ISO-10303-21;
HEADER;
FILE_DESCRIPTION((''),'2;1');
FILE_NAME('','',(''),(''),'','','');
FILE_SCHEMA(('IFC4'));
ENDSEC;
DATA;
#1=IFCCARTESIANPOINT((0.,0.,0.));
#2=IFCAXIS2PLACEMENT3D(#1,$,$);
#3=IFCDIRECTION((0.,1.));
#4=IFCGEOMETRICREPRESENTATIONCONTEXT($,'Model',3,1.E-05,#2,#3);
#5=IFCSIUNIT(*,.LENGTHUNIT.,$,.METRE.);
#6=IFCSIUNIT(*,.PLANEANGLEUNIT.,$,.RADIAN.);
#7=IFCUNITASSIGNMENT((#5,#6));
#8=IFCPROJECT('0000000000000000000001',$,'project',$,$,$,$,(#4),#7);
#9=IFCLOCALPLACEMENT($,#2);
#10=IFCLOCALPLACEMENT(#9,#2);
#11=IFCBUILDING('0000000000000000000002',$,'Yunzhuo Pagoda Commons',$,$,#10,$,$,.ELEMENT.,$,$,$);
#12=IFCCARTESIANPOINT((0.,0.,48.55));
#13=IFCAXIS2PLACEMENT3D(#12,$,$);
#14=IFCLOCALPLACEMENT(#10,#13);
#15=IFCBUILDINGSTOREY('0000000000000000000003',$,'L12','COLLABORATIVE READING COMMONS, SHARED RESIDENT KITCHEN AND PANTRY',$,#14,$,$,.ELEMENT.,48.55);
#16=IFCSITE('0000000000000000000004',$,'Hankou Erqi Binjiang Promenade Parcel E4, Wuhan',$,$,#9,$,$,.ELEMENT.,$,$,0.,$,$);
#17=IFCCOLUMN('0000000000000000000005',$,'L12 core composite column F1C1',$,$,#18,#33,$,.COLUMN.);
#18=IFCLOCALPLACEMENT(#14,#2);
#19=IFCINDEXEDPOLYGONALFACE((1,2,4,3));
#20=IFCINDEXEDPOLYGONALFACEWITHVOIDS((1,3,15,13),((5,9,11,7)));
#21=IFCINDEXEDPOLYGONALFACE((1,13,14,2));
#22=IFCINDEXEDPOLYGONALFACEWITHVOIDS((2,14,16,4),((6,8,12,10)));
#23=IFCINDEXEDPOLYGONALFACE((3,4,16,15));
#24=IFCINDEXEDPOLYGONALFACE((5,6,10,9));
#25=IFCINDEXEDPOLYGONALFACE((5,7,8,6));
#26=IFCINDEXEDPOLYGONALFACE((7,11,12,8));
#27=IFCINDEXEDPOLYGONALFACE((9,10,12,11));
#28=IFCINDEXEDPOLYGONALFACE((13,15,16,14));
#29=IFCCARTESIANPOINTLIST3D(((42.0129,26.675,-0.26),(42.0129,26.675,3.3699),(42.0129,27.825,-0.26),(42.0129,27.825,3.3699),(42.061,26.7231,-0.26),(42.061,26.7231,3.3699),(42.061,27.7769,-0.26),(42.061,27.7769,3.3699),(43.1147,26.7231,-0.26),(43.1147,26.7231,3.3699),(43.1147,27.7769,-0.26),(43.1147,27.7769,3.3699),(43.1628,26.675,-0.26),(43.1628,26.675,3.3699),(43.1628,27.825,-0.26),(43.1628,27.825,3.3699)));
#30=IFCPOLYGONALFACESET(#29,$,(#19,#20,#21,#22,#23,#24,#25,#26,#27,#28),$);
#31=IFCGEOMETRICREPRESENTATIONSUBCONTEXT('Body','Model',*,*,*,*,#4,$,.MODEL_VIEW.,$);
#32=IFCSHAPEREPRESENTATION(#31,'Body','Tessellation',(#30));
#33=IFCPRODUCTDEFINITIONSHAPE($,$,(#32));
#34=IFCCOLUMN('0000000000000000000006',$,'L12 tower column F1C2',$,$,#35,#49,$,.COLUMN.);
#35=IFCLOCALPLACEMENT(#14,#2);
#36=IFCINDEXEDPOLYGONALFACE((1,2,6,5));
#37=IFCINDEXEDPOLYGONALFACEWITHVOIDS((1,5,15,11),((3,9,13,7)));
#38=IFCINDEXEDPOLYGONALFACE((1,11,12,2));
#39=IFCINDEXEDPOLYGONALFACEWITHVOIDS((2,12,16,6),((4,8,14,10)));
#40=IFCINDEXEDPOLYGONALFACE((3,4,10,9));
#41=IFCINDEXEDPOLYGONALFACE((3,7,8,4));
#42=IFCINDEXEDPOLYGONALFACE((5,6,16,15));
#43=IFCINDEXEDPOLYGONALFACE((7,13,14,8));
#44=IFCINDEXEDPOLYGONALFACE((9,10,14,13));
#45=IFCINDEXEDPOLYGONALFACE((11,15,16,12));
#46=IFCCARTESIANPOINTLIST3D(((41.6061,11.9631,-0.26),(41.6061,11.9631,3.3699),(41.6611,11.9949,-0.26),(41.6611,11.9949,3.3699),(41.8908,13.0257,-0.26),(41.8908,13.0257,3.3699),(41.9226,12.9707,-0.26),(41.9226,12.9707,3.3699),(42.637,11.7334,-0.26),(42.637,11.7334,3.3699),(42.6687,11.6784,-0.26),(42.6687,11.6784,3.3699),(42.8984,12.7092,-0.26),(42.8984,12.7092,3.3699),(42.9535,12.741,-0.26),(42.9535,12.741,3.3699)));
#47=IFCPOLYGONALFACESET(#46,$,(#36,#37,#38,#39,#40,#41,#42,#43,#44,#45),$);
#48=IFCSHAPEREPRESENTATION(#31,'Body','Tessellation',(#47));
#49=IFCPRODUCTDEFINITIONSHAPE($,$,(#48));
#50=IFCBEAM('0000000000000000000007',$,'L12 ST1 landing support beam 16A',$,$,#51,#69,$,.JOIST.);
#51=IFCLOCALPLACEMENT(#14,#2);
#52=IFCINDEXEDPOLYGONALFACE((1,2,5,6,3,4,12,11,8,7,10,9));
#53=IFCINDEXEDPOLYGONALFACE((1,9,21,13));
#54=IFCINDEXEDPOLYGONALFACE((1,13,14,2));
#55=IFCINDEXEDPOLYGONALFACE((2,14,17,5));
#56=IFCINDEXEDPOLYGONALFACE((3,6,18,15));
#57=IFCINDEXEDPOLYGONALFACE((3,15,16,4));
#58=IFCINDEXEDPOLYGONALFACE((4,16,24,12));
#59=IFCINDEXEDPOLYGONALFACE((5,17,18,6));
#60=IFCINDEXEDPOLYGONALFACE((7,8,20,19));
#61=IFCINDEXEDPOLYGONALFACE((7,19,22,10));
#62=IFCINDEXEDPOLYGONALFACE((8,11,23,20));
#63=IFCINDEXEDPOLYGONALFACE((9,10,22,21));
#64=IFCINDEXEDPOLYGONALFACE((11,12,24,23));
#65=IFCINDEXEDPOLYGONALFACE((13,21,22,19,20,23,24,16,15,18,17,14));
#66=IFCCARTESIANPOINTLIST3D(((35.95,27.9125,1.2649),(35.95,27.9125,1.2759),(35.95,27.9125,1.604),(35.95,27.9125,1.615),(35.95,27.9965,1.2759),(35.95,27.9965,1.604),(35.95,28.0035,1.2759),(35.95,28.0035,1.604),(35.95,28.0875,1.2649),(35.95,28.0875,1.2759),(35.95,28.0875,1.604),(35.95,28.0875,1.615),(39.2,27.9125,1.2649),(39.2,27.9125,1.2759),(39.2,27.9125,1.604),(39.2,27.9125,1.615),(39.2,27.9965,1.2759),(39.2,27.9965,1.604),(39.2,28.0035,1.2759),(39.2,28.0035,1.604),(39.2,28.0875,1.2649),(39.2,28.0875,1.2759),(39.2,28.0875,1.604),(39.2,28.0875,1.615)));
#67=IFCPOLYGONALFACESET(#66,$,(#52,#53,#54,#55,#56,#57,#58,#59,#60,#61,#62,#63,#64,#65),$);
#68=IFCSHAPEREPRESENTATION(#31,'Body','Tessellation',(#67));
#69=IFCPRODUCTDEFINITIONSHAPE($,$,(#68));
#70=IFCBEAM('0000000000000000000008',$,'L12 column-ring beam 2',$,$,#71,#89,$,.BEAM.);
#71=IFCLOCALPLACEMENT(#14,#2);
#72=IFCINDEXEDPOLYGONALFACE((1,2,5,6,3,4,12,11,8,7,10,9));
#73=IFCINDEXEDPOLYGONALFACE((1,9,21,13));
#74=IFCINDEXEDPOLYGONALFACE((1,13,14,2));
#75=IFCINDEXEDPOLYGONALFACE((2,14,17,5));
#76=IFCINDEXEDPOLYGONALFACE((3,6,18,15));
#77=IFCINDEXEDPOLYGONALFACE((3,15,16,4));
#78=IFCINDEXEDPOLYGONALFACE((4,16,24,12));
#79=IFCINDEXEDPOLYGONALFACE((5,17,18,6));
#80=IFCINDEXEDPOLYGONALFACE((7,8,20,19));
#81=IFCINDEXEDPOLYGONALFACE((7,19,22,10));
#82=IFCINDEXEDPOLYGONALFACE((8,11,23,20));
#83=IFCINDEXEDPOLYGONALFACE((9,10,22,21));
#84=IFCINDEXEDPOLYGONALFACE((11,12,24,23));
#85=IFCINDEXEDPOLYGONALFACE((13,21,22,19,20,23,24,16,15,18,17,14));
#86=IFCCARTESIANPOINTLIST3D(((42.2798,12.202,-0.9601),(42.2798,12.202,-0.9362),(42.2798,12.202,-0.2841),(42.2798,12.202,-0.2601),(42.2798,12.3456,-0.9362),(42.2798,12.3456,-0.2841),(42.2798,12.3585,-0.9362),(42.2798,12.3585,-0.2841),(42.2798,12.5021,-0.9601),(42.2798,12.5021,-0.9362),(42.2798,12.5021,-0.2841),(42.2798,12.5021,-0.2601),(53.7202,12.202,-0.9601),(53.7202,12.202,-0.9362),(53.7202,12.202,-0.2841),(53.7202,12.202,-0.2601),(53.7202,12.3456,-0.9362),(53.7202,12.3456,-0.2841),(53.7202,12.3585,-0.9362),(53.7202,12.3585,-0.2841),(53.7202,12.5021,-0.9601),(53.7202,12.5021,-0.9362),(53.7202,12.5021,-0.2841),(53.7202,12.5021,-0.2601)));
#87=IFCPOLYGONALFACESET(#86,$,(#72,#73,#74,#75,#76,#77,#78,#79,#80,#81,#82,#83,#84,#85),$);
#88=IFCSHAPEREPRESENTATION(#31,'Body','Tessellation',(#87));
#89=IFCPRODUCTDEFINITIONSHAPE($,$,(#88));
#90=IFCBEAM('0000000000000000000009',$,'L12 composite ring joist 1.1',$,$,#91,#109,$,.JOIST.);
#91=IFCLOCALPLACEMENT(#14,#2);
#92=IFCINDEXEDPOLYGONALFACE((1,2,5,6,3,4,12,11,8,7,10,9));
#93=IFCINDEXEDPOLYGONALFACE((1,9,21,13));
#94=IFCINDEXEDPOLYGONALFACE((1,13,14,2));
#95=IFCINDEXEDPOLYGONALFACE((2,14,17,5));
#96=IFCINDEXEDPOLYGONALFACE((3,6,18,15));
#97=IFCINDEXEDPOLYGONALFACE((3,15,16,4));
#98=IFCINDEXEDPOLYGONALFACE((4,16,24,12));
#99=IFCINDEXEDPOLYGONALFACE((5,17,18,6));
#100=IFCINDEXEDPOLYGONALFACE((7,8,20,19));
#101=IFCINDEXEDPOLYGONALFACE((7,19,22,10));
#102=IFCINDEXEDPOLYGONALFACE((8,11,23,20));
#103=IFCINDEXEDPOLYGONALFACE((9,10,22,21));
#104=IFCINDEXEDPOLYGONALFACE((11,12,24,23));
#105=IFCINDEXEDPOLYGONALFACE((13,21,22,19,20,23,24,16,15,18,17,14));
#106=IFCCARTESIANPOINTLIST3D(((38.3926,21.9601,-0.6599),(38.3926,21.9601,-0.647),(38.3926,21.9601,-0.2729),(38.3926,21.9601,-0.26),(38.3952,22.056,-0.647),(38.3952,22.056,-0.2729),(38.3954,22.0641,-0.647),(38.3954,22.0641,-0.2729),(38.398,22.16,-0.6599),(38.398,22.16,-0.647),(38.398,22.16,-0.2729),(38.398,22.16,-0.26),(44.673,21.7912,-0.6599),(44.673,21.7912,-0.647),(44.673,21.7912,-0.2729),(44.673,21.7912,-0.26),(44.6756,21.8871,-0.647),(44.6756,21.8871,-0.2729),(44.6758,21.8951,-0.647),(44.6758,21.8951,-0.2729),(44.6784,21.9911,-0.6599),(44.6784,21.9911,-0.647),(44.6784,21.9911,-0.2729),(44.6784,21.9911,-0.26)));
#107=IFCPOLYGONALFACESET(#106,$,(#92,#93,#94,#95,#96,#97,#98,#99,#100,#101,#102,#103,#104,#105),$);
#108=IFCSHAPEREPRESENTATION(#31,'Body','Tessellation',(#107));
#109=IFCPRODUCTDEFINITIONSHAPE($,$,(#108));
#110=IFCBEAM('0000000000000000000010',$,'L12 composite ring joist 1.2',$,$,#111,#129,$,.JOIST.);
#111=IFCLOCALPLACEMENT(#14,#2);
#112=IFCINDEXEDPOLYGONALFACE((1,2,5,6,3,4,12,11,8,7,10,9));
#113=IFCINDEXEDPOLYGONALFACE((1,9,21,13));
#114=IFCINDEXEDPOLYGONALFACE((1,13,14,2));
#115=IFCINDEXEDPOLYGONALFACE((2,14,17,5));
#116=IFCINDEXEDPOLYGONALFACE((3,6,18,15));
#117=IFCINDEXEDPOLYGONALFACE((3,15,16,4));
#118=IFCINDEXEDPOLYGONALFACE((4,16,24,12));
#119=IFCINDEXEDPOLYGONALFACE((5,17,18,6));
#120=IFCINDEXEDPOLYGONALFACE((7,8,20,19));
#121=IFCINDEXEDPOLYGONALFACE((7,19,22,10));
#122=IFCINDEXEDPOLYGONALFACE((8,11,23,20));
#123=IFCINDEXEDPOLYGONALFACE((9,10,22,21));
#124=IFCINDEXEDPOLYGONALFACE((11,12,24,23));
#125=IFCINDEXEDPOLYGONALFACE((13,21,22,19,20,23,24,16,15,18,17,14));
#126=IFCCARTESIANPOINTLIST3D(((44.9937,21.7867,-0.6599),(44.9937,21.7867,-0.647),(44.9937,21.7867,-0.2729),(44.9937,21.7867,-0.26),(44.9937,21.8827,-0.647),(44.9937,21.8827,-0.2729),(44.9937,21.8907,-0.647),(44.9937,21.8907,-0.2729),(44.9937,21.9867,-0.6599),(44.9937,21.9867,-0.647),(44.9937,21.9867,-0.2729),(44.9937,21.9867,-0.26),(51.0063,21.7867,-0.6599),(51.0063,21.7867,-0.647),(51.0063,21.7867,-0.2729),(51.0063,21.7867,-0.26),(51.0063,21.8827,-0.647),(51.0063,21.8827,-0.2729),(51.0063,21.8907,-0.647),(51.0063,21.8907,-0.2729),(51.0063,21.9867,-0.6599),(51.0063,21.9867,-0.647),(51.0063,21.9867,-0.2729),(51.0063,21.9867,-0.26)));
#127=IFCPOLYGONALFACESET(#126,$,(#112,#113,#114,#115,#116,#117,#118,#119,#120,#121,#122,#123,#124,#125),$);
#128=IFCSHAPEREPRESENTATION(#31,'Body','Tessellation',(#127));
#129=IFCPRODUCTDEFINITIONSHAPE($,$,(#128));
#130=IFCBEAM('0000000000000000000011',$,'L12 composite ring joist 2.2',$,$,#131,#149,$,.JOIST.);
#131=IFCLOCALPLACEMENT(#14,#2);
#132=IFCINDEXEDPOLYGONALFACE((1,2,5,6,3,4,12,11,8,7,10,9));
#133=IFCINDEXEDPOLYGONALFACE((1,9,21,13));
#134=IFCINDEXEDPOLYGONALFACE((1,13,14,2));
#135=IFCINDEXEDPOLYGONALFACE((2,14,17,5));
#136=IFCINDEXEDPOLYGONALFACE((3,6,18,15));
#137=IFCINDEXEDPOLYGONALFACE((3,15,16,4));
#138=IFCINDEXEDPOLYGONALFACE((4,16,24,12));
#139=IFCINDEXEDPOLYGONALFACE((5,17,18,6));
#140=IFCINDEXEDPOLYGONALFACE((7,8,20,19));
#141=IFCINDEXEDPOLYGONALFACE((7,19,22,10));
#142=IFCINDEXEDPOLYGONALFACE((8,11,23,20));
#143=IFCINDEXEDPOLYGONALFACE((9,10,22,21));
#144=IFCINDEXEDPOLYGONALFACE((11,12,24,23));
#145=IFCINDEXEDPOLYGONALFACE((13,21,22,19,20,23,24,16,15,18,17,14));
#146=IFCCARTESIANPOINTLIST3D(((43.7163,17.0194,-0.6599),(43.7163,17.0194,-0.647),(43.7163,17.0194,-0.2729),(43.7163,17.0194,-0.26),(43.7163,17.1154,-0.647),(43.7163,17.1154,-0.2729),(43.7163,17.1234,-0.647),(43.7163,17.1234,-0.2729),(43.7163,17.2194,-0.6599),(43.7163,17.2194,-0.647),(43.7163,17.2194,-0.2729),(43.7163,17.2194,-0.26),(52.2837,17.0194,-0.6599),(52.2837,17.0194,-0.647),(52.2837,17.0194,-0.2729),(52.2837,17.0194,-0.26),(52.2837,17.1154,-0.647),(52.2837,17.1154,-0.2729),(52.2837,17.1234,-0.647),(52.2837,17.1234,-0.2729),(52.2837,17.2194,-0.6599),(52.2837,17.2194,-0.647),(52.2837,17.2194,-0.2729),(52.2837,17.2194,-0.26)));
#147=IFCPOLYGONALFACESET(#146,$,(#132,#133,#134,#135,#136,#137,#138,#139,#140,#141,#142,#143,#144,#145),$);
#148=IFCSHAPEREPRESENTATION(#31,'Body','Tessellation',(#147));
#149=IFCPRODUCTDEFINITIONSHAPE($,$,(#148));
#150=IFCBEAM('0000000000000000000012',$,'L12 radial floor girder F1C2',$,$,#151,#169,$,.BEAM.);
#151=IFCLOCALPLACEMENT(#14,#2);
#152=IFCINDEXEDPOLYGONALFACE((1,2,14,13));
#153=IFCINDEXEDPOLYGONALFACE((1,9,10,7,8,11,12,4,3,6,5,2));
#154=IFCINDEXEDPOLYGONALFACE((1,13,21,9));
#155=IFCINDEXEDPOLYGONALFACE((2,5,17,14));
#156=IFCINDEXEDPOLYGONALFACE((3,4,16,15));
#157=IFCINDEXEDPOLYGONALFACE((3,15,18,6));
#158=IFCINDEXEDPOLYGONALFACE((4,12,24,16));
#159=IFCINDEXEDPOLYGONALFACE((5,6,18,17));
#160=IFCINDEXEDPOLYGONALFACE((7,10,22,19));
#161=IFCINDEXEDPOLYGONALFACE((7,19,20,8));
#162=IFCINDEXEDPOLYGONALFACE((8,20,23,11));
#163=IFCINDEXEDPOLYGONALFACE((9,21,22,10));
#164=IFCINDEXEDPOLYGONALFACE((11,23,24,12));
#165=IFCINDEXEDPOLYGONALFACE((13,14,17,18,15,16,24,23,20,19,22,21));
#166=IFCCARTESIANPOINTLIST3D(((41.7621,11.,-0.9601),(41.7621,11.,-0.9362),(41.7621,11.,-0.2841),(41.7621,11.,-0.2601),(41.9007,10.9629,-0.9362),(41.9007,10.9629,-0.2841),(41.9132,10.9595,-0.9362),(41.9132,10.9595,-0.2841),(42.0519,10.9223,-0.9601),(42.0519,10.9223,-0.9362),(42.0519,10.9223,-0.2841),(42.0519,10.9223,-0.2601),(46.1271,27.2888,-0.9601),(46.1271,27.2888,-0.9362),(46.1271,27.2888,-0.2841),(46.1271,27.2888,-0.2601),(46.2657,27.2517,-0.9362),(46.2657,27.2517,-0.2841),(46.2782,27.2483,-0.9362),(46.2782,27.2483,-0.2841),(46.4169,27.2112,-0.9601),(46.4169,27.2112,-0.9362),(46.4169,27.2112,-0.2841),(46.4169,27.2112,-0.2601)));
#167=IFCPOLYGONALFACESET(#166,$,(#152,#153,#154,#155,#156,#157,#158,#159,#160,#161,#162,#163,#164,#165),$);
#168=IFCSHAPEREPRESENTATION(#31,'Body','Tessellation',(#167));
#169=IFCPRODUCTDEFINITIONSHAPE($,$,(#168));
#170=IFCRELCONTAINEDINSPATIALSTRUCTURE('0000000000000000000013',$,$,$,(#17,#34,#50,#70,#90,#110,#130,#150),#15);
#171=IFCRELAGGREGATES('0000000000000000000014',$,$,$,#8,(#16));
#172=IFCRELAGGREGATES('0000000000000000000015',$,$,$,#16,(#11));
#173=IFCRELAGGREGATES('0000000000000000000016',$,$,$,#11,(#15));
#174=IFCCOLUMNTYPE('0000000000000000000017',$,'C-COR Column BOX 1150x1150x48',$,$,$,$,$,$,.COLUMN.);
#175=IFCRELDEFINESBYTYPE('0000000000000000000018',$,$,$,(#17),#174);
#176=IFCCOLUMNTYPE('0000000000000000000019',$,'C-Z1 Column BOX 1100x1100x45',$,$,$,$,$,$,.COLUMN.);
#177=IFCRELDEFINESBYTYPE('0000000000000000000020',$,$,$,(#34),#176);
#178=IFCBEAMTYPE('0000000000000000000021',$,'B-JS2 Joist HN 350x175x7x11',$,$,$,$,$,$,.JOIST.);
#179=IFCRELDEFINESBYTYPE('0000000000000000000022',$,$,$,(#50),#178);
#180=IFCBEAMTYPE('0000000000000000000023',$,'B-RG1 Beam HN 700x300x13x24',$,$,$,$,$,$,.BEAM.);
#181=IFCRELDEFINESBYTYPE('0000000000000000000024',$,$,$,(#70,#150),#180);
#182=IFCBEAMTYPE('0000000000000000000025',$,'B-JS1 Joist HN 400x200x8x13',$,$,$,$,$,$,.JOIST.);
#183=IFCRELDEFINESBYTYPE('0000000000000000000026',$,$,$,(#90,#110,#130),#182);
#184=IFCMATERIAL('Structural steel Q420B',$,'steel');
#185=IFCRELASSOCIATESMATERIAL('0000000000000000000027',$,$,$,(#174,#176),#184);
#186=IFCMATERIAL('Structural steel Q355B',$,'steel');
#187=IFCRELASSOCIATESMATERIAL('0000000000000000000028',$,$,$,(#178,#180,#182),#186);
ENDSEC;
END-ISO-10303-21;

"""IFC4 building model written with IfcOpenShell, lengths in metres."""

from ifc_helpers import new_model, si_unit, direction, frame, origin, origin_2d, place, context, subcontext, project, spatial, hollow_rectangle, i_section, extrude, source, transform, mapped, material, material_profile, profile_set, type_object, element, save


model = new_model("IFC4")

# Units and contexts
model_context = context("Model", 3, precision=1e-05, world=origin(), true_north=direction((0.0, 1.0)))
body_context = subcontext(model_context, "Body", "Model", "MODEL_VIEW")
ifc_project = project(units=[si_unit("LENGTHUNIT", "METRE"), si_unit("PLANEANGLEUNIT", "RADIAN")], contexts=[model_context])

# Site, building, storey
site_placement = place(None, origin())
site = spatial("IfcSite", under=ifc_project, at=site_placement, Name="Hankou Erqi Binjiang Promenade Parcel E4, Wuhan", CompositionType="ELEMENT", RefElevation=0.0)
building_placement = place(site_placement, origin())
building = spatial("IfcBuilding", under=site, at=building_placement, Name="Yunzhuo Pagoda Commons", CompositionType="ELEMENT")
storey_placement = place(building_placement, frame((0.0, 0.0, 48.55)))
storey = spatial("IfcBuildingStorey", under=building, at=storey_placement, Name="L12", Description="COLLABORATIVE READING COMMONS, SHARED RESIDENT KITCHEN AND PANTRY", CompositionType="ELEMENT", Elevation=48.55)

# Columns
ifc_material_1 = material(Name="Structural steel Q420B", Category="steel")
ifc_material_profile_1 = material_profile(ifc_material_1, hollow_rectangle(XDim=1.1499, YDim=1.1499, WallThickness=0.0481, at=origin_2d()), Name="Structural steel Q420B")
ifc_profile_set_1 = profile_set([ifc_material_profile_1], Name="Structural steel Q420B")
column_type_1 = type_object("IfcColumnType", Name="C-COR Column BOX 1150x1150x48", PredefinedType="COLUMN", material=ifc_profile_set_1)
shared_shape_1 = source(origin(), body_context, "Body", "SweptSolid", [
    extrude(hollow_rectangle(XDim=1.1499, YDim=1.1499, WallThickness=0.0481, at=origin_2d()), origin(), (0.0, 0.0, 1.0), 3.6299),
])
column_1_placement = place(storey_placement, frame((42.5879, 27.25, -0.26), z_axis=(0.0, 0.0, 1.0), x_axis=(1.0, 0.0, 0.0)))
element("IfcColumn", 1, at=column_1_placement, inside=storey, type_object=column_type_1, Name="L12 core composite column F1C1", PredefinedType="COLUMN", context=body_context, shape_type="MappedRepresentation", body=[
    mapped(shared_shape_1, transform((0.0, 0.0, 0.0), scale=1.0)),
])
ifc_material_profile_2 = material_profile(ifc_material_1, hollow_rectangle(XDim=1.1001, YDim=1.1001, WallThickness=0.0449, at=origin_2d()), Name="Structural steel Q420B")
ifc_profile_set_2 = profile_set([ifc_material_profile_2], Name="Structural steel Q420B")
column_type_2 = type_object("IfcColumnType", Name="C-Z1 Column BOX 1100x1100x45", PredefinedType="COLUMN", material=ifc_profile_set_2)
shared_shape_2 = source(origin(), body_context, "Body", "SweptSolid", [
    extrude(hollow_rectangle(XDim=1.1001, YDim=1.1001, WallThickness=0.0449, at=origin_2d()), origin(), (0.0, 0.0, 1.0), 3.6299),
])
column_2_placement = place(storey_placement, frame((42.2798, 12.3521, -0.26), z_axis=(0.0, 0.0, 1.0), x_axis=(0.965926, -0.258819, 0.0)))
element("IfcColumn", 2, at=column_2_placement, inside=storey, type_object=column_type_2, Name="L12 tower column F1C2", PredefinedType="COLUMN", context=body_context, shape_type="MappedRepresentation", body=[
    mapped(shared_shape_2, transform((0.0, 0.0, 0.0), scale=1.0)),
])

# Beams
ifc_material_2 = material(Name="Structural steel Q355B", Category="steel")
ifc_material_profile_3 = material_profile(ifc_material_2, i_section(OverallWidth=0.175, OverallDepth=0.3501, WebThickness=0.0071, FlangeThickness=0.011, at=origin_2d()), Name="Structural steel Q355B")
ifc_profile_set_3 = profile_set([ifc_material_profile_3], Name="Structural steel Q355B")
beam_type_1 = type_object("IfcBeamType", Name="B-JS2 Joist HN 350x175x7x11", PredefinedType="JOIST", material=ifc_profile_set_3)
shared_shape_3 = source(origin(), body_context, "Body", "SweptSolid", [
    extrude(i_section(OverallWidth=0.175, OverallDepth=0.3501, WebThickness=0.0071, FlangeThickness=0.011, at=origin_2d()), origin(), (0.0, 0.0, 1.0), 3.25),
])
beam_1_placement = place(storey_placement, frame((35.95, 28.0, 1.4399), z_axis=(1.0, 0.0, 0.0), x_axis=(0.0, 1.0, 0.0)))
element("IfcBeam", 3, at=beam_1_placement, inside=storey, type_object=beam_type_1, Name="L12 ST1 landing support beam 16A", PredefinedType="JOIST", context=body_context, shape_type="MappedRepresentation", body=[
    mapped(shared_shape_3, transform((0.0, 0.0, 0.0), scale=1.0)),
])
ifc_material_profile_4 = material_profile(ifc_material_2, i_section(OverallWidth=0.3, OverallDepth=0.7, WebThickness=0.0129, FlangeThickness=0.0239, at=origin_2d()), Name="Structural steel Q355B")
ifc_profile_set_4 = profile_set([ifc_material_profile_4], Name="Structural steel Q355B")
beam_type_2 = type_object("IfcBeamType", Name="B-RG1 Beam HN 700x300x13x24", PredefinedType="BEAM", material=ifc_profile_set_4)
shared_shape_4 = source(origin(), body_context, "Body", "SweptSolid", [
    extrude(i_section(OverallWidth=0.3, OverallDepth=0.7, WebThickness=0.0129, FlangeThickness=0.0239, at=origin_2d()), origin(), (0.0, 0.0, 1.0), 11.4404),
])
beam_2_placement = place(storey_placement, frame((42.2798, 12.3521, -0.6101), z_axis=(1.0, 0.0, 0.0), x_axis=(0.0, 1.0, 0.0)))
element("IfcBeam", 4, at=beam_2_placement, inside=storey, type_object=beam_type_2, Name="L12 column-ring beam 2", PredefinedType="BEAM", context=body_context, shape_type="MappedRepresentation", body=[
    mapped(shared_shape_4, transform((0.0, 0.0, 0.0), scale=1.0)),
])
ifc_material_profile_5 = material_profile(ifc_material_2, i_section(OverallWidth=0.2, OverallDepth=0.3999, WebThickness=0.0081, FlangeThickness=0.0129, at=origin_2d()), Name="Structural steel Q355B")
ifc_profile_set_5 = profile_set([ifc_material_profile_5], Name="Structural steel Q355B")
beam_type_3 = type_object("IfcBeamType", Name="B-JS1 Joist HN 400x200x8x13", PredefinedType="JOIST", material=ifc_profile_set_5)
shared_shape_5 = source(origin(), body_context, "Body", "SweptSolid", [
    extrude(i_section(OverallWidth=0.2, OverallDepth=0.3999, WebThickness=0.0081, FlangeThickness=0.0129, at=origin_2d()), origin(), (0.0, 0.0, 1.0), 6.2827),
])
beam_3_placement = place(storey_placement, frame((38.3953, 22.0601, -0.46), z_axis=(0.999638, -0.02689, 0.0), x_axis=(0.02689, 0.999638, 0.0)))
element("IfcBeam", 5, at=beam_3_placement, inside=storey, type_object=beam_type_3, Name="L12 composite ring joist 1.1", PredefinedType="JOIST", context=body_context, shape_type="MappedRepresentation", body=[
    mapped(shared_shape_5, transform((0.0, 0.0, 0.0), scale=1.0)),
])
shared_shape_6 = source(origin(), body_context, "Body", "SweptSolid", [
    extrude(i_section(OverallWidth=0.2, OverallDepth=0.3999, WebThickness=0.0081, FlangeThickness=0.0129, at=origin_2d()), origin(), (0.0, 0.0, 1.0), 6.0127),
])
beam_4_placement = place(storey_placement, frame((44.9937, 21.8867, -0.46), z_axis=(1.0, 0.0, 0.0), x_axis=(0.0, 1.0, 0.0)))
element("IfcBeam", 6, at=beam_4_placement, inside=storey, type_object=beam_type_3, Name="L12 composite ring joist 1.2", PredefinedType="JOIST", context=body_context, shape_type="MappedRepresentation", body=[
    mapped(shared_shape_6, transform((0.0, 0.0, 0.0), scale=1.0)),
])
shared_shape_7 = source(origin(), body_context, "Body", "SweptSolid", [
    extrude(i_section(OverallWidth=0.2, OverallDepth=0.3999, WebThickness=0.0081, FlangeThickness=0.0129, at=origin_2d()), origin(), (0.0, 0.0, 1.0), 8.5674),
])
beam_5_placement = place(storey_placement, frame((43.7163, 17.1194, -0.46), z_axis=(1.0, 0.0, 0.0), x_axis=(0.0, 1.0, 0.0)))
element("IfcBeam", 7, at=beam_5_placement, inside=storey, type_object=beam_type_3, Name="L12 composite ring joist 2.2", PredefinedType="JOIST", context=body_context, shape_type="MappedRepresentation", body=[
    mapped(shared_shape_7, transform((0.0, 0.0, 0.0), scale=1.0)),
])
shared_shape_8 = source(origin(), body_context, "Body", "SweptSolid", [
    extrude(i_section(OverallWidth=0.3, OverallDepth=0.7, WebThickness=0.0129, FlangeThickness=0.0239, at=origin_2d()), origin(), (0.0, 0.0, 1.0), 16.8635),
])
beam_6_placement = place(storey_placement, frame((41.907, 10.9612, -0.6101), z_axis=(0.258842, 0.96592, 0.0), x_axis=(-0.96592, 0.258842, 0.0)))
element("IfcBeam", 8, at=beam_6_placement, inside=storey, type_object=beam_type_2, Name="L12 radial floor girder F1C2", PredefinedType="BEAM", context=body_context, shape_type="MappedRepresentation", body=[
    mapped(shared_shape_8, transform((0.0, 0.0, 0.0), scale=1.0)),
])

save(model, "model.ifc")
